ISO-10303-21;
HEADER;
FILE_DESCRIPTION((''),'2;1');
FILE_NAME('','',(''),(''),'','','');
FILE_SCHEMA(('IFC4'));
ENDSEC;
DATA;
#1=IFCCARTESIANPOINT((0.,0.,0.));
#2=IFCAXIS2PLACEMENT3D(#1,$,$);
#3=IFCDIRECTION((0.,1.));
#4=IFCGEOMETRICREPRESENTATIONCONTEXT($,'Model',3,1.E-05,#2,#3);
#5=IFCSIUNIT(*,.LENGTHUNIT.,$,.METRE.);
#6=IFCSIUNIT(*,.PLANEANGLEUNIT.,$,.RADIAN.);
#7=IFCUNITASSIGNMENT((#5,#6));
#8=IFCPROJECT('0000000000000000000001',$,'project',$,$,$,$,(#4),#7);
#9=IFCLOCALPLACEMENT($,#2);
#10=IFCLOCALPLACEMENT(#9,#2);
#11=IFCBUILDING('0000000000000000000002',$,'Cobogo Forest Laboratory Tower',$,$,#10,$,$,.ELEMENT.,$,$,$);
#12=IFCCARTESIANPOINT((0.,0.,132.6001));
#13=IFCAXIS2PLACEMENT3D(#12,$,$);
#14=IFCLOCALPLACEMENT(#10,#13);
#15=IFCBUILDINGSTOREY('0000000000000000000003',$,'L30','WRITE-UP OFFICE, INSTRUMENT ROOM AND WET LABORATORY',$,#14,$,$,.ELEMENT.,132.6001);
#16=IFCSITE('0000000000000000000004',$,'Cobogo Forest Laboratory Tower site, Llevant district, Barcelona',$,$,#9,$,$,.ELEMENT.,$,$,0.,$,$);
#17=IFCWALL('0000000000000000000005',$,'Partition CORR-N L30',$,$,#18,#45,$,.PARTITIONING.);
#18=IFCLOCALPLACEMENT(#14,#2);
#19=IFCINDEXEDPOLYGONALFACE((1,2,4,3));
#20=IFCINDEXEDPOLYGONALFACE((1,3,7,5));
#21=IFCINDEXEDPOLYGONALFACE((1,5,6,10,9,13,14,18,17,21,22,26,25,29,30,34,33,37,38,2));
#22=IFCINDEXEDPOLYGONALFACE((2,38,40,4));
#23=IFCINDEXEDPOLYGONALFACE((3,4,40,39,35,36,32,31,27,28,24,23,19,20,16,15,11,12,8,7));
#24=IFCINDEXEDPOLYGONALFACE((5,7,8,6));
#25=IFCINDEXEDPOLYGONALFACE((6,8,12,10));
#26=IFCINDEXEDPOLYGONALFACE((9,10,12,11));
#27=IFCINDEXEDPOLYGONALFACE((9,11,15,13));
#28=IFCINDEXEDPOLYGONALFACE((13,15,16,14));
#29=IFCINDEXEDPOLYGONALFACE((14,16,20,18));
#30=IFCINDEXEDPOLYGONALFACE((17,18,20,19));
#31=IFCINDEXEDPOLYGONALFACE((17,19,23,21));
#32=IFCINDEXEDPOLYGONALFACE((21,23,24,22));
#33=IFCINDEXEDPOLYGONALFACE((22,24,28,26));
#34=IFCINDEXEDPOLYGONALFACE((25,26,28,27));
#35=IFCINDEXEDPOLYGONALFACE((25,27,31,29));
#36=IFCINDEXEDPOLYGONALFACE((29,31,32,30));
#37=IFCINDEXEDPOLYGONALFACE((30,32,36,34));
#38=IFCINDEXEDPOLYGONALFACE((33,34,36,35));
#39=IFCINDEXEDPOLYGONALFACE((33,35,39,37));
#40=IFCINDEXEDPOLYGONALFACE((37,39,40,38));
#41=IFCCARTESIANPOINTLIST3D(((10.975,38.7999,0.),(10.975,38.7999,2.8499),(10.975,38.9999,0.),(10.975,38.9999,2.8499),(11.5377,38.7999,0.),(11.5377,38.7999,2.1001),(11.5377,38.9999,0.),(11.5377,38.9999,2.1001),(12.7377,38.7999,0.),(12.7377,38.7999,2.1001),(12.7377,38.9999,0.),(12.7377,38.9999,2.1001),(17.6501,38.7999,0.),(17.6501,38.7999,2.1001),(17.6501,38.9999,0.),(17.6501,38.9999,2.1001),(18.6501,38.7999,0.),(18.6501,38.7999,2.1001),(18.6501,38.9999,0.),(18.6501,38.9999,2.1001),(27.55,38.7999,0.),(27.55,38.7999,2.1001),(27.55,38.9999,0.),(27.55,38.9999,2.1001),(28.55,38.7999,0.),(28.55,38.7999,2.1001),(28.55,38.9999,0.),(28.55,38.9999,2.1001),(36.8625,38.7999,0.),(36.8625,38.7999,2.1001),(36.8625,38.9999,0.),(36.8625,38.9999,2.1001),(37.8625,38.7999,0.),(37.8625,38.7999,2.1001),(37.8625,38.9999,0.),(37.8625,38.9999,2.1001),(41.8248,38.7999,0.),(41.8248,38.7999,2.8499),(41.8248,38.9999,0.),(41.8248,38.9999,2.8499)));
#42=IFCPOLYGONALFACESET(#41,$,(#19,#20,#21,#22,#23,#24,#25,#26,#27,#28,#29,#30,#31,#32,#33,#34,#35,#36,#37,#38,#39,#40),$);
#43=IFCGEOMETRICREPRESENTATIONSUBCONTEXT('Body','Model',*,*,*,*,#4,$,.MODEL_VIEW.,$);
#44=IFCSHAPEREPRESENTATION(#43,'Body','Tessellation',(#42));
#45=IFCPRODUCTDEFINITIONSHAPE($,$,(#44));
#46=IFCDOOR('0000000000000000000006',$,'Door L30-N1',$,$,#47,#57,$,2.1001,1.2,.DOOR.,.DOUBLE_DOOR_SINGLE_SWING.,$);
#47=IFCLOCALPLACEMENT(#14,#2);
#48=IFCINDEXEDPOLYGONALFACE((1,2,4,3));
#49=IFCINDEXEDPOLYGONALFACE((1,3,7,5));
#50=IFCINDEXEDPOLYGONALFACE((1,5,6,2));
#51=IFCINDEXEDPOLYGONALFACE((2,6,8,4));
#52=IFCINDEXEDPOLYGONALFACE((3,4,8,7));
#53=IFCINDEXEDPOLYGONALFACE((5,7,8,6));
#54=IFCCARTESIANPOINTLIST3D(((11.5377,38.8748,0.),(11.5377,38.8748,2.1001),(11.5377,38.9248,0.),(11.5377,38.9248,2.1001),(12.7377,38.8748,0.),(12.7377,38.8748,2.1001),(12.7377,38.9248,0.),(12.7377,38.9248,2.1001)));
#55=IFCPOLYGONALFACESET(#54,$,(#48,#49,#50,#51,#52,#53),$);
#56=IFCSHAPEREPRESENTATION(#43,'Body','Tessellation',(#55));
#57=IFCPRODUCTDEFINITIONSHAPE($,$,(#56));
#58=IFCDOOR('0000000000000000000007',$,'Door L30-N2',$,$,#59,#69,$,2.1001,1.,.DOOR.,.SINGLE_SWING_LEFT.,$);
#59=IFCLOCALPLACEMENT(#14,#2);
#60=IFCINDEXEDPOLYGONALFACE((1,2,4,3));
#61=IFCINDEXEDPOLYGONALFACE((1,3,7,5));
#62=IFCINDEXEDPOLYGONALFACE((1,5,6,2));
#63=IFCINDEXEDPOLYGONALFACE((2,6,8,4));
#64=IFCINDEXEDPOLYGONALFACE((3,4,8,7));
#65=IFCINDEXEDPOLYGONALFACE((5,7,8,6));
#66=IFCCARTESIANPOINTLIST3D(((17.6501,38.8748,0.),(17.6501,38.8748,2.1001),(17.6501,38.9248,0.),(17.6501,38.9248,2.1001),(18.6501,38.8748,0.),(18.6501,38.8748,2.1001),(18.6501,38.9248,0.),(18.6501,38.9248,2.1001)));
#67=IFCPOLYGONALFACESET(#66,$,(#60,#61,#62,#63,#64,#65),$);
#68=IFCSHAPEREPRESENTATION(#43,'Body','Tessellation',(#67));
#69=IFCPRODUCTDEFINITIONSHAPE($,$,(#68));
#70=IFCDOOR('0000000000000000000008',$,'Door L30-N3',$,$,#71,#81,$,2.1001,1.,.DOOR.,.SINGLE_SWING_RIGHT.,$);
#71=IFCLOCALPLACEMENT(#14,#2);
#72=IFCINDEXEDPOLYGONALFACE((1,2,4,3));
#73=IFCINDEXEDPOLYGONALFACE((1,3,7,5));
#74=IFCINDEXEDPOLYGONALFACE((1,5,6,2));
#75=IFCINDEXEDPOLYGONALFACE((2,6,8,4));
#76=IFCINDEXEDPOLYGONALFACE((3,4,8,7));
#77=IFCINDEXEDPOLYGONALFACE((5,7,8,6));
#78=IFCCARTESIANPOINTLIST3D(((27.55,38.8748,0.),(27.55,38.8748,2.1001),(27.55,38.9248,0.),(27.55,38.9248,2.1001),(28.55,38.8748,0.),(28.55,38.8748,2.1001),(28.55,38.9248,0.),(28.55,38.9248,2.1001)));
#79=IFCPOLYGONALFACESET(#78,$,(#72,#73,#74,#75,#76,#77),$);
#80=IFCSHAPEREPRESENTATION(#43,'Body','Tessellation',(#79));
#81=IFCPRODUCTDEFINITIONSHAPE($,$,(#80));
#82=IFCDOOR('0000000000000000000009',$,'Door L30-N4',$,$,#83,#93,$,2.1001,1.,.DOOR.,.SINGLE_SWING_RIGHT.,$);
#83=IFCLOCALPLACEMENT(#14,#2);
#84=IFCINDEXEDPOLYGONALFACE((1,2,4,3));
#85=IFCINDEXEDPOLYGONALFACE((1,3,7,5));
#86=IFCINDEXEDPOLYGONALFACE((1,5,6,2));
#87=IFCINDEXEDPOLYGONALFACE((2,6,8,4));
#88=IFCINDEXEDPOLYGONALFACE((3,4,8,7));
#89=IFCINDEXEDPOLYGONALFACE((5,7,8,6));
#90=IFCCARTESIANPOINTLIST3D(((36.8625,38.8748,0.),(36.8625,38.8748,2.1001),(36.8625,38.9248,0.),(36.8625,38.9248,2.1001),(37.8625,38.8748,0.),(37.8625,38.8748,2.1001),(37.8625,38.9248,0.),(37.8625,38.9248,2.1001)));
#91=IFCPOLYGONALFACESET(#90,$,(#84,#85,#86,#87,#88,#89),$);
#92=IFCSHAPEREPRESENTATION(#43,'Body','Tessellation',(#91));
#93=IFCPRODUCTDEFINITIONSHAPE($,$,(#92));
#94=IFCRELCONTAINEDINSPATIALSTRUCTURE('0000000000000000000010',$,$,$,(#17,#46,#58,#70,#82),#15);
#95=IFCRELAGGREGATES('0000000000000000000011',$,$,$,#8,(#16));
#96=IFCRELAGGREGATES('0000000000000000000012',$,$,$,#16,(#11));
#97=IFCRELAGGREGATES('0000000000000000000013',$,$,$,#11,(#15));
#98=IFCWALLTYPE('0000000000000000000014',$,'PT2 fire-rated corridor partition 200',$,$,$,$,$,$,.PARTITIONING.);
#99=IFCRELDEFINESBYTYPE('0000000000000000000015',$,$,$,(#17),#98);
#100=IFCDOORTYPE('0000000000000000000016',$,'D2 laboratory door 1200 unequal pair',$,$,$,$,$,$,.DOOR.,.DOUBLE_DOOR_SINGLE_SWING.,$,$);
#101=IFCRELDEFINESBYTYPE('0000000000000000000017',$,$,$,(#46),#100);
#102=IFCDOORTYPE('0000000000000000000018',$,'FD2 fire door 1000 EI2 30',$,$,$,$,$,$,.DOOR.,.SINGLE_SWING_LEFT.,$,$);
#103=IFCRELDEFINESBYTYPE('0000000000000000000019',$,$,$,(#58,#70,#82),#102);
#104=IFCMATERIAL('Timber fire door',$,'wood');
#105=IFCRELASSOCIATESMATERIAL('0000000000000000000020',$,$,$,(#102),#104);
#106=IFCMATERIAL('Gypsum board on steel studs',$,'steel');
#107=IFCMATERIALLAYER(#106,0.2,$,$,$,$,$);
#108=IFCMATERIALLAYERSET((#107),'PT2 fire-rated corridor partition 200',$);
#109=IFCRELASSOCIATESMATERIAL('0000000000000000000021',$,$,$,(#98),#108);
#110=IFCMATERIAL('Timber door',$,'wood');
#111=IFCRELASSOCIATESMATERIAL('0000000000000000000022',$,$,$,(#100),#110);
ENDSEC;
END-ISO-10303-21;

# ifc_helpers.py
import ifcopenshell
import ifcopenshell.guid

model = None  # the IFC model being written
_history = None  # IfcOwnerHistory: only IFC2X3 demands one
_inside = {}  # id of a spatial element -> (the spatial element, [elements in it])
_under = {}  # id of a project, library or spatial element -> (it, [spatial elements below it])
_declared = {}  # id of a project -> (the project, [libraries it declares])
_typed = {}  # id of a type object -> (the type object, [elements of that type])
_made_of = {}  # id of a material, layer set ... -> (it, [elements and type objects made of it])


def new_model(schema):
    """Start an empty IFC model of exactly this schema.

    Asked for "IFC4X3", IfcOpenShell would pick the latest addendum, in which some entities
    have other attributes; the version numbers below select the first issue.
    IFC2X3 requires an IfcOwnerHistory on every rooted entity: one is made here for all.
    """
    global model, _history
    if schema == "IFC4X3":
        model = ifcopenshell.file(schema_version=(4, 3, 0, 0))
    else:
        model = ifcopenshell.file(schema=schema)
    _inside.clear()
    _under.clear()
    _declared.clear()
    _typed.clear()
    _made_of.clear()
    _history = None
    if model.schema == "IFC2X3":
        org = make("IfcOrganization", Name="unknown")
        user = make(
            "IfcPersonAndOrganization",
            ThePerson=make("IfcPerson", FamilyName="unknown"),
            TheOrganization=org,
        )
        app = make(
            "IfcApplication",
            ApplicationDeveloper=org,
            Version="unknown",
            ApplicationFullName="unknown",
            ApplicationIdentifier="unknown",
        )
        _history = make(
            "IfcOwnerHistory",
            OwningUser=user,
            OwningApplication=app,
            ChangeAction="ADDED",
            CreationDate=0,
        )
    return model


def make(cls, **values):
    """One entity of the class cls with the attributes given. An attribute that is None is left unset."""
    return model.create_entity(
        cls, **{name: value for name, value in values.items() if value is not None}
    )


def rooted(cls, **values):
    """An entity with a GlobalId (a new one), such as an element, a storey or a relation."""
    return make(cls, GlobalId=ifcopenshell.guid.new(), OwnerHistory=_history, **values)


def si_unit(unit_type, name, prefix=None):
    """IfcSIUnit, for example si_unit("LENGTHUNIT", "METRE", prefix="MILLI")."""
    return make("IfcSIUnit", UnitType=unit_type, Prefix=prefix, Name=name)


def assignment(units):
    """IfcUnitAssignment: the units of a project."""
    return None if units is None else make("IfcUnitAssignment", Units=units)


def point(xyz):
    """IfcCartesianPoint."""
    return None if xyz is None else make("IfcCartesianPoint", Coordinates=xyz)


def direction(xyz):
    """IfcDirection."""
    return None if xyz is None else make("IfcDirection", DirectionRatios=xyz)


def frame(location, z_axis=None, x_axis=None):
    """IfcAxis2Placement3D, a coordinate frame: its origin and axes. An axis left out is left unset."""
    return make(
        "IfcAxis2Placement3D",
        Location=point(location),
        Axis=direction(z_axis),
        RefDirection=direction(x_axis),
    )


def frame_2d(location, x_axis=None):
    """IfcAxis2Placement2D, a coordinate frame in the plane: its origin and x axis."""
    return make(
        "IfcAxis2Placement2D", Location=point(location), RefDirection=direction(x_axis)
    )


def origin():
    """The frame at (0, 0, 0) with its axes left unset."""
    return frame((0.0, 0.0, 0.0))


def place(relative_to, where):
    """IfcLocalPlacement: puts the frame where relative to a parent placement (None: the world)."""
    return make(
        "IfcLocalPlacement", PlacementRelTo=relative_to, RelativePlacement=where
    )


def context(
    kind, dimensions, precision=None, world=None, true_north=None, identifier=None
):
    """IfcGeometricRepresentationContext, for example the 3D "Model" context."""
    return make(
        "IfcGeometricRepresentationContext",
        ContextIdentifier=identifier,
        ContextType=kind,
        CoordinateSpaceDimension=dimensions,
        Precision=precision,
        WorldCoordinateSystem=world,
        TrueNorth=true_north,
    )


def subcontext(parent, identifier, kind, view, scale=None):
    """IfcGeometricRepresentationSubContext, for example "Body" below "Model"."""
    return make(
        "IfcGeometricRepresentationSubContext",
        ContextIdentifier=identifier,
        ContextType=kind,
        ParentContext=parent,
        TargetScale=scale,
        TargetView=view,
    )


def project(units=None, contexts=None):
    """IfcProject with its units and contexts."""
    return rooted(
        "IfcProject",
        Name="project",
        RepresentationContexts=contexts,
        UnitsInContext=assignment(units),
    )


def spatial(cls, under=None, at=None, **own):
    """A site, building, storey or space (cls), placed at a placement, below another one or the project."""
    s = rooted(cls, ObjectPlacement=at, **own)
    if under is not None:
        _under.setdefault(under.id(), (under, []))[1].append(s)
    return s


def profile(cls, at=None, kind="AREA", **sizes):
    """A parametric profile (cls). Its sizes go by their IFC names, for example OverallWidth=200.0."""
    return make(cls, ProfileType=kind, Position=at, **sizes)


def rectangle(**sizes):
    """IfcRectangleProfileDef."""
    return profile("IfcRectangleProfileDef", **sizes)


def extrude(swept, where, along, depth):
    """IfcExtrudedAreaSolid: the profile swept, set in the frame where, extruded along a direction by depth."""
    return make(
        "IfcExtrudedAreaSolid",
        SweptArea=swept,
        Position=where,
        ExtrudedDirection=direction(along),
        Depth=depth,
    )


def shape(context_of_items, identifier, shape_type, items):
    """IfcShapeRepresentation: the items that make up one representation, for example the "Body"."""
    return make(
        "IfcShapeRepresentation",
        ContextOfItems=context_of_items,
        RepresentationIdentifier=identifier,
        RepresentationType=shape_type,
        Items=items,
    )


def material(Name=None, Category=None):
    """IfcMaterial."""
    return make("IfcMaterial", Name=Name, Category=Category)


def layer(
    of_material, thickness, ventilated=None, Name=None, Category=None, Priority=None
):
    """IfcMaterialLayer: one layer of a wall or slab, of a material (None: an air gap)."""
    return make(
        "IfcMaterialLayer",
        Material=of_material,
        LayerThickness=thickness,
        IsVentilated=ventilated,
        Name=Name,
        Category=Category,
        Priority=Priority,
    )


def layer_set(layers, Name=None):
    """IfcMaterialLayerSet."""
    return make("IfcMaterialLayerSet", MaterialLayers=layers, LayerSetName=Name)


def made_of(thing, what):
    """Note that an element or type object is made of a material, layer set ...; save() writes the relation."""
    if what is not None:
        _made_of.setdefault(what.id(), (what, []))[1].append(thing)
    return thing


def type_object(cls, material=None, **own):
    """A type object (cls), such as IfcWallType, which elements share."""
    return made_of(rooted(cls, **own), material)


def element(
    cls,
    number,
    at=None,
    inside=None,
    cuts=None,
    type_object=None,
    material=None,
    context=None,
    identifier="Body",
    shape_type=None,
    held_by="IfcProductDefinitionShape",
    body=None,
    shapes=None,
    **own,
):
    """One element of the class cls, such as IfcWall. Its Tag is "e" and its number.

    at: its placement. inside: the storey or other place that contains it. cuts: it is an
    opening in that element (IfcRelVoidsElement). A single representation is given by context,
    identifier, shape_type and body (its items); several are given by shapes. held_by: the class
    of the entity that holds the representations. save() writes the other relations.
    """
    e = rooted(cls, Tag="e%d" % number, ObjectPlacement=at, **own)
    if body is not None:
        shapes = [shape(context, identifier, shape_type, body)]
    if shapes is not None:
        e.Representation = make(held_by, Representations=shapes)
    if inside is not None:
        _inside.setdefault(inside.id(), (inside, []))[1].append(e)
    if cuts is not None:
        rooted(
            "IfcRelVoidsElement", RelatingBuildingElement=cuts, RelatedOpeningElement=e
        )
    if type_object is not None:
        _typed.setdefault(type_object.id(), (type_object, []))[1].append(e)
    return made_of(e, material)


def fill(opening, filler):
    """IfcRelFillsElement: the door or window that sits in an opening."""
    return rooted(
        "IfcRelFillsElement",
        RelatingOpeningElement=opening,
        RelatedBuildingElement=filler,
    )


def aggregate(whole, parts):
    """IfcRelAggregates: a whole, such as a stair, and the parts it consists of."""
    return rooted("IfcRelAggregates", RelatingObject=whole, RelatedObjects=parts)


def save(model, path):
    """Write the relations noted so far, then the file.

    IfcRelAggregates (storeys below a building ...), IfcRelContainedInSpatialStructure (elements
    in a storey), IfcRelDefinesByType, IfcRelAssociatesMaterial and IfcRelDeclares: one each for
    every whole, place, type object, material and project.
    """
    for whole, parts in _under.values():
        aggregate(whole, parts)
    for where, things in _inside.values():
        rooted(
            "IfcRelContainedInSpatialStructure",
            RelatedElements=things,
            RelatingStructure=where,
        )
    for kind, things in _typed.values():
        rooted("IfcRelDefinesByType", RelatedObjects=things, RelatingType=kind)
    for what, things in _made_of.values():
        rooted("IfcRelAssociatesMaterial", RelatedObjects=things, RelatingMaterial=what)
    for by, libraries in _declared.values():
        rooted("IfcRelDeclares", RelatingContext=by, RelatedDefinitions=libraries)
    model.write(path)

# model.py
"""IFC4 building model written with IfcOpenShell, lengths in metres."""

from ifc_helpers import new_model, si_unit, direction, frame, frame_2d, origin, place, context, subcontext, project, spatial, rectangle, extrude, material, layer, layer_set, type_object, element, fill, save


model = new_model("IFC4")

# Units and contexts
model_context = context("Model", 3, precision=1e-05, world=origin(), true_north=direction((0.0, 1.0)))
body_context = subcontext(model_context, "Body", "Model", "MODEL_VIEW")
ifc_project = project(units=[si_unit("LENGTHUNIT", "METRE"), si_unit("PLANEANGLEUNIT", "RADIAN")], contexts=[model_context])

# Site, building, storey
site_placement = place(None, origin())
site = spatial("IfcSite", under=ifc_project, at=site_placement, Name="Cobogo Forest Laboratory Tower site, Llevant district, Barcelona", CompositionType="ELEMENT", RefElevation=0.0)
building_placement = place(site_placement, origin())
building = spatial("IfcBuilding", under=site, at=building_placement, Name="Cobogo Forest Laboratory Tower", CompositionType="ELEMENT")
storey_placement = place(building_placement, frame((0.0, 0.0, 132.6001)))
storey = spatial("IfcBuildingStorey", under=building, at=storey_placement, Name="L30", Description="WRITE-UP OFFICE, INSTRUMENT ROOM AND WET LABORATORY", CompositionType="ELEMENT", Elevation=132.6001)

# Shared definitions
ifc_material_1 = material(Name="Gypsum board on steel studs", Category="steel")
ifc_material_2 = material(Name="Timber fire door", Category="wood")
door_type_1 = type_object("IfcDoorType", Name="FD2 fire door 1000 EI2 30", OperationType="SINGLE_SWING_LEFT", PredefinedType="DOOR", material=ifc_material_2)

# Wall, openings, doors
ifc_layer_1 = layer(ifc_material_1, 0.2)
ifc_layer_set_1 = layer_set([ifc_layer_1], Name="PT2 fire-rated corridor partition 200")
wall_type_1 = type_object("IfcWallType", Name="PT2 fire-rated corridor partition 200", PredefinedType="PARTITIONING", material=ifc_layer_set_1)
wall_1_placement = place(storey_placement, frame((10.9751, 38.8999, 0.0), z_axis=(0.0, 0.0, 1.0), x_axis=(1.0, 0.0, 0.0)))
wall_1 = element("IfcWall", 1, at=wall_1_placement, inside=storey, type_object=wall_type_1, Name="Partition CORR-N L30", PredefinedType="PARTITIONING", context=body_context, shape_type="SweptSolid", body=[
    extrude(rectangle(XDim=30.8499, YDim=0.2, at=frame_2d((15.4248, 0.0))), origin(), (0.0, 0.0, 1.0), 2.8499),
])
opening_1_placement = place(wall_1_placement, frame((0.5625, 0.0, 0.0)))
opening_1 = element("IfcOpeningElement", 2, at=opening_1_placement, cuts=wall_1, PredefinedType="OPENING", context=body_context, shape_type="SweptSolid", body=[
    extrude(rectangle(XDim=1.2, YDim=2.1001, at=frame_2d((0.6001, 1.05))), frame((0.0, 0.1099, 0.0), z_axis=(0.0, -1.0, 0.0), x_axis=(1.0, 0.0, 0.0)), (0.0, 0.0, 1.0), 0.22),
])
opening_2_placement = place(wall_1_placement, frame((6.675, 0.0, 0.0)))
opening_2 = element("IfcOpeningElement", 3, at=opening_2_placement, cuts=wall_1, PredefinedType="OPENING", context=body_context, shape_type="SweptSolid", body=[
    extrude(rectangle(XDim=1.0, YDim=2.1001, at=frame_2d((0.5, 1.05))), frame((0.0, 0.1099, 0.0), z_axis=(0.0, -1.0, 0.0), x_axis=(1.0, 0.0, 0.0)), (0.0, 0.0, 1.0), 0.22),
])
opening_3_placement = place(wall_1_placement, frame((16.575, 0.0, 0.0)))
opening_3 = element("IfcOpeningElement", 4, at=opening_3_placement, cuts=wall_1, PredefinedType="OPENING", context=body_context, shape_type="SweptSolid", body=[
    extrude(rectangle(XDim=1.0, YDim=2.1001, at=frame_2d((0.5, 1.05))), frame((0.0, 0.1099, 0.0), z_axis=(0.0, -1.0, 0.0), x_axis=(1.0, 0.0, 0.0)), (0.0, 0.0, 1.0), 0.22),
])
opening_4_placement = place(wall_1_placement, frame((25.8875, 0.0, 0.0)))
opening_4 = element("IfcOpeningElement", 5, at=opening_4_placement, cuts=wall_1, PredefinedType="OPENING", context=body_context, shape_type="SweptSolid", body=[
    extrude(rectangle(XDim=1.0, YDim=2.1001, at=frame_2d((0.5, 1.05))), frame((0.0, 0.1099, 0.0), z_axis=(0.0, -1.0, 0.0), x_axis=(1.0, 0.0, 0.0)), (0.0, 0.0, 1.0), 0.22),
])
ifc_material_3 = material(Name="Timber door", Category="wood")
door_type_2 = type_object("IfcDoorType", Name="D2 laboratory door 1200 unequal pair", OperationType="DOUBLE_DOOR_SINGLE_SWING", PredefinedType="DOOR", material=ifc_material_3)
door_1_placement = place(opening_1_placement, origin())
door_1 = element("IfcDoor", 6, at=door_1_placement, inside=storey, type_object=door_type_2, Name="Door L30-N1", OperationType="DOUBLE_DOOR_SINGLE_SWING", OverallHeight=2.1001, OverallWidth=1.2, PredefinedType="DOOR", context=body_context, shape_type="SweptSolid", body=[
    extrude(rectangle(XDim=1.2, YDim=2.1001, at=frame_2d((0.6001, 1.05))), frame((0.0, 0.0249, 0.0), z_axis=(0.0, -1.0, 0.0), x_axis=(1.0, 0.0, 0.0)), (0.0, 0.0, 1.0), 0.05),
])
fill(opening_1, door_1)
door_2_placement = place(opening_2_placement, origin())
door_2 = element("IfcDoor", 7, at=door_2_placement, inside=storey, type_object=door_type_1, Name="Door L30-N2", OperationType="SINGLE_SWING_LEFT", OverallHeight=2.1001, OverallWidth=1.0, PredefinedType="DOOR", context=body_context, shape_type="SweptSolid", body=[
    extrude(rectangle(XDim=1.0, YDim=2.1001, at=frame_2d((0.5, 1.05))), frame((0.0, 0.0249, 0.0), z_axis=(0.0, -1.0, 0.0), x_axis=(1.0, 0.0, 0.0)), (0.0, 0.0, 1.0), 0.05),
])
fill(opening_2, door_2)
door_3_placement = place(opening_3_placement, origin())
door_3 = element("IfcDoor", 8, at=door_3_placement, inside=storey, type_object=door_type_1, Name="Door L30-N3", OperationType="SINGLE_SWING_RIGHT", OverallHeight=2.1001, OverallWidth=1.0, PredefinedType="DOOR", context=body_context, shape_type="SweptSolid", body=[
    extrude(rectangle(XDim=1.0, YDim=2.1001, at=frame_2d((0.5, 1.05))), frame((0.0, 0.0249, 0.0), z_axis=(0.0, -1.0, 0.0), x_axis=(1.0, 0.0, 0.0)), (0.0, 0.0, 1.0), 0.05),
])
fill(opening_3, door_3)
door_4_placement = place(opening_4_placement, origin())
door_4 = element("IfcDoor", 9, at=door_4_placement, inside=storey, type_object=door_type_1, Name="Door L30-N4", OperationType="SINGLE_SWING_RIGHT", OverallHeight=2.1001, OverallWidth=1.0, PredefinedType="DOOR", context=body_context, shape_type="SweptSolid", body=[
    extrude(rectangle(XDim=1.0, YDim=2.1001, at=frame_2d((0.5, 1.05))), frame((0.0, 0.0249, 0.0), z_axis=(0.0, -1.0, 0.0), x_axis=(1.0, 0.0, 0.0)), (0.0, 0.0, 1.0), 0.05),
])
fill(opening_4, door_4)

save(model, "model.ifc")
